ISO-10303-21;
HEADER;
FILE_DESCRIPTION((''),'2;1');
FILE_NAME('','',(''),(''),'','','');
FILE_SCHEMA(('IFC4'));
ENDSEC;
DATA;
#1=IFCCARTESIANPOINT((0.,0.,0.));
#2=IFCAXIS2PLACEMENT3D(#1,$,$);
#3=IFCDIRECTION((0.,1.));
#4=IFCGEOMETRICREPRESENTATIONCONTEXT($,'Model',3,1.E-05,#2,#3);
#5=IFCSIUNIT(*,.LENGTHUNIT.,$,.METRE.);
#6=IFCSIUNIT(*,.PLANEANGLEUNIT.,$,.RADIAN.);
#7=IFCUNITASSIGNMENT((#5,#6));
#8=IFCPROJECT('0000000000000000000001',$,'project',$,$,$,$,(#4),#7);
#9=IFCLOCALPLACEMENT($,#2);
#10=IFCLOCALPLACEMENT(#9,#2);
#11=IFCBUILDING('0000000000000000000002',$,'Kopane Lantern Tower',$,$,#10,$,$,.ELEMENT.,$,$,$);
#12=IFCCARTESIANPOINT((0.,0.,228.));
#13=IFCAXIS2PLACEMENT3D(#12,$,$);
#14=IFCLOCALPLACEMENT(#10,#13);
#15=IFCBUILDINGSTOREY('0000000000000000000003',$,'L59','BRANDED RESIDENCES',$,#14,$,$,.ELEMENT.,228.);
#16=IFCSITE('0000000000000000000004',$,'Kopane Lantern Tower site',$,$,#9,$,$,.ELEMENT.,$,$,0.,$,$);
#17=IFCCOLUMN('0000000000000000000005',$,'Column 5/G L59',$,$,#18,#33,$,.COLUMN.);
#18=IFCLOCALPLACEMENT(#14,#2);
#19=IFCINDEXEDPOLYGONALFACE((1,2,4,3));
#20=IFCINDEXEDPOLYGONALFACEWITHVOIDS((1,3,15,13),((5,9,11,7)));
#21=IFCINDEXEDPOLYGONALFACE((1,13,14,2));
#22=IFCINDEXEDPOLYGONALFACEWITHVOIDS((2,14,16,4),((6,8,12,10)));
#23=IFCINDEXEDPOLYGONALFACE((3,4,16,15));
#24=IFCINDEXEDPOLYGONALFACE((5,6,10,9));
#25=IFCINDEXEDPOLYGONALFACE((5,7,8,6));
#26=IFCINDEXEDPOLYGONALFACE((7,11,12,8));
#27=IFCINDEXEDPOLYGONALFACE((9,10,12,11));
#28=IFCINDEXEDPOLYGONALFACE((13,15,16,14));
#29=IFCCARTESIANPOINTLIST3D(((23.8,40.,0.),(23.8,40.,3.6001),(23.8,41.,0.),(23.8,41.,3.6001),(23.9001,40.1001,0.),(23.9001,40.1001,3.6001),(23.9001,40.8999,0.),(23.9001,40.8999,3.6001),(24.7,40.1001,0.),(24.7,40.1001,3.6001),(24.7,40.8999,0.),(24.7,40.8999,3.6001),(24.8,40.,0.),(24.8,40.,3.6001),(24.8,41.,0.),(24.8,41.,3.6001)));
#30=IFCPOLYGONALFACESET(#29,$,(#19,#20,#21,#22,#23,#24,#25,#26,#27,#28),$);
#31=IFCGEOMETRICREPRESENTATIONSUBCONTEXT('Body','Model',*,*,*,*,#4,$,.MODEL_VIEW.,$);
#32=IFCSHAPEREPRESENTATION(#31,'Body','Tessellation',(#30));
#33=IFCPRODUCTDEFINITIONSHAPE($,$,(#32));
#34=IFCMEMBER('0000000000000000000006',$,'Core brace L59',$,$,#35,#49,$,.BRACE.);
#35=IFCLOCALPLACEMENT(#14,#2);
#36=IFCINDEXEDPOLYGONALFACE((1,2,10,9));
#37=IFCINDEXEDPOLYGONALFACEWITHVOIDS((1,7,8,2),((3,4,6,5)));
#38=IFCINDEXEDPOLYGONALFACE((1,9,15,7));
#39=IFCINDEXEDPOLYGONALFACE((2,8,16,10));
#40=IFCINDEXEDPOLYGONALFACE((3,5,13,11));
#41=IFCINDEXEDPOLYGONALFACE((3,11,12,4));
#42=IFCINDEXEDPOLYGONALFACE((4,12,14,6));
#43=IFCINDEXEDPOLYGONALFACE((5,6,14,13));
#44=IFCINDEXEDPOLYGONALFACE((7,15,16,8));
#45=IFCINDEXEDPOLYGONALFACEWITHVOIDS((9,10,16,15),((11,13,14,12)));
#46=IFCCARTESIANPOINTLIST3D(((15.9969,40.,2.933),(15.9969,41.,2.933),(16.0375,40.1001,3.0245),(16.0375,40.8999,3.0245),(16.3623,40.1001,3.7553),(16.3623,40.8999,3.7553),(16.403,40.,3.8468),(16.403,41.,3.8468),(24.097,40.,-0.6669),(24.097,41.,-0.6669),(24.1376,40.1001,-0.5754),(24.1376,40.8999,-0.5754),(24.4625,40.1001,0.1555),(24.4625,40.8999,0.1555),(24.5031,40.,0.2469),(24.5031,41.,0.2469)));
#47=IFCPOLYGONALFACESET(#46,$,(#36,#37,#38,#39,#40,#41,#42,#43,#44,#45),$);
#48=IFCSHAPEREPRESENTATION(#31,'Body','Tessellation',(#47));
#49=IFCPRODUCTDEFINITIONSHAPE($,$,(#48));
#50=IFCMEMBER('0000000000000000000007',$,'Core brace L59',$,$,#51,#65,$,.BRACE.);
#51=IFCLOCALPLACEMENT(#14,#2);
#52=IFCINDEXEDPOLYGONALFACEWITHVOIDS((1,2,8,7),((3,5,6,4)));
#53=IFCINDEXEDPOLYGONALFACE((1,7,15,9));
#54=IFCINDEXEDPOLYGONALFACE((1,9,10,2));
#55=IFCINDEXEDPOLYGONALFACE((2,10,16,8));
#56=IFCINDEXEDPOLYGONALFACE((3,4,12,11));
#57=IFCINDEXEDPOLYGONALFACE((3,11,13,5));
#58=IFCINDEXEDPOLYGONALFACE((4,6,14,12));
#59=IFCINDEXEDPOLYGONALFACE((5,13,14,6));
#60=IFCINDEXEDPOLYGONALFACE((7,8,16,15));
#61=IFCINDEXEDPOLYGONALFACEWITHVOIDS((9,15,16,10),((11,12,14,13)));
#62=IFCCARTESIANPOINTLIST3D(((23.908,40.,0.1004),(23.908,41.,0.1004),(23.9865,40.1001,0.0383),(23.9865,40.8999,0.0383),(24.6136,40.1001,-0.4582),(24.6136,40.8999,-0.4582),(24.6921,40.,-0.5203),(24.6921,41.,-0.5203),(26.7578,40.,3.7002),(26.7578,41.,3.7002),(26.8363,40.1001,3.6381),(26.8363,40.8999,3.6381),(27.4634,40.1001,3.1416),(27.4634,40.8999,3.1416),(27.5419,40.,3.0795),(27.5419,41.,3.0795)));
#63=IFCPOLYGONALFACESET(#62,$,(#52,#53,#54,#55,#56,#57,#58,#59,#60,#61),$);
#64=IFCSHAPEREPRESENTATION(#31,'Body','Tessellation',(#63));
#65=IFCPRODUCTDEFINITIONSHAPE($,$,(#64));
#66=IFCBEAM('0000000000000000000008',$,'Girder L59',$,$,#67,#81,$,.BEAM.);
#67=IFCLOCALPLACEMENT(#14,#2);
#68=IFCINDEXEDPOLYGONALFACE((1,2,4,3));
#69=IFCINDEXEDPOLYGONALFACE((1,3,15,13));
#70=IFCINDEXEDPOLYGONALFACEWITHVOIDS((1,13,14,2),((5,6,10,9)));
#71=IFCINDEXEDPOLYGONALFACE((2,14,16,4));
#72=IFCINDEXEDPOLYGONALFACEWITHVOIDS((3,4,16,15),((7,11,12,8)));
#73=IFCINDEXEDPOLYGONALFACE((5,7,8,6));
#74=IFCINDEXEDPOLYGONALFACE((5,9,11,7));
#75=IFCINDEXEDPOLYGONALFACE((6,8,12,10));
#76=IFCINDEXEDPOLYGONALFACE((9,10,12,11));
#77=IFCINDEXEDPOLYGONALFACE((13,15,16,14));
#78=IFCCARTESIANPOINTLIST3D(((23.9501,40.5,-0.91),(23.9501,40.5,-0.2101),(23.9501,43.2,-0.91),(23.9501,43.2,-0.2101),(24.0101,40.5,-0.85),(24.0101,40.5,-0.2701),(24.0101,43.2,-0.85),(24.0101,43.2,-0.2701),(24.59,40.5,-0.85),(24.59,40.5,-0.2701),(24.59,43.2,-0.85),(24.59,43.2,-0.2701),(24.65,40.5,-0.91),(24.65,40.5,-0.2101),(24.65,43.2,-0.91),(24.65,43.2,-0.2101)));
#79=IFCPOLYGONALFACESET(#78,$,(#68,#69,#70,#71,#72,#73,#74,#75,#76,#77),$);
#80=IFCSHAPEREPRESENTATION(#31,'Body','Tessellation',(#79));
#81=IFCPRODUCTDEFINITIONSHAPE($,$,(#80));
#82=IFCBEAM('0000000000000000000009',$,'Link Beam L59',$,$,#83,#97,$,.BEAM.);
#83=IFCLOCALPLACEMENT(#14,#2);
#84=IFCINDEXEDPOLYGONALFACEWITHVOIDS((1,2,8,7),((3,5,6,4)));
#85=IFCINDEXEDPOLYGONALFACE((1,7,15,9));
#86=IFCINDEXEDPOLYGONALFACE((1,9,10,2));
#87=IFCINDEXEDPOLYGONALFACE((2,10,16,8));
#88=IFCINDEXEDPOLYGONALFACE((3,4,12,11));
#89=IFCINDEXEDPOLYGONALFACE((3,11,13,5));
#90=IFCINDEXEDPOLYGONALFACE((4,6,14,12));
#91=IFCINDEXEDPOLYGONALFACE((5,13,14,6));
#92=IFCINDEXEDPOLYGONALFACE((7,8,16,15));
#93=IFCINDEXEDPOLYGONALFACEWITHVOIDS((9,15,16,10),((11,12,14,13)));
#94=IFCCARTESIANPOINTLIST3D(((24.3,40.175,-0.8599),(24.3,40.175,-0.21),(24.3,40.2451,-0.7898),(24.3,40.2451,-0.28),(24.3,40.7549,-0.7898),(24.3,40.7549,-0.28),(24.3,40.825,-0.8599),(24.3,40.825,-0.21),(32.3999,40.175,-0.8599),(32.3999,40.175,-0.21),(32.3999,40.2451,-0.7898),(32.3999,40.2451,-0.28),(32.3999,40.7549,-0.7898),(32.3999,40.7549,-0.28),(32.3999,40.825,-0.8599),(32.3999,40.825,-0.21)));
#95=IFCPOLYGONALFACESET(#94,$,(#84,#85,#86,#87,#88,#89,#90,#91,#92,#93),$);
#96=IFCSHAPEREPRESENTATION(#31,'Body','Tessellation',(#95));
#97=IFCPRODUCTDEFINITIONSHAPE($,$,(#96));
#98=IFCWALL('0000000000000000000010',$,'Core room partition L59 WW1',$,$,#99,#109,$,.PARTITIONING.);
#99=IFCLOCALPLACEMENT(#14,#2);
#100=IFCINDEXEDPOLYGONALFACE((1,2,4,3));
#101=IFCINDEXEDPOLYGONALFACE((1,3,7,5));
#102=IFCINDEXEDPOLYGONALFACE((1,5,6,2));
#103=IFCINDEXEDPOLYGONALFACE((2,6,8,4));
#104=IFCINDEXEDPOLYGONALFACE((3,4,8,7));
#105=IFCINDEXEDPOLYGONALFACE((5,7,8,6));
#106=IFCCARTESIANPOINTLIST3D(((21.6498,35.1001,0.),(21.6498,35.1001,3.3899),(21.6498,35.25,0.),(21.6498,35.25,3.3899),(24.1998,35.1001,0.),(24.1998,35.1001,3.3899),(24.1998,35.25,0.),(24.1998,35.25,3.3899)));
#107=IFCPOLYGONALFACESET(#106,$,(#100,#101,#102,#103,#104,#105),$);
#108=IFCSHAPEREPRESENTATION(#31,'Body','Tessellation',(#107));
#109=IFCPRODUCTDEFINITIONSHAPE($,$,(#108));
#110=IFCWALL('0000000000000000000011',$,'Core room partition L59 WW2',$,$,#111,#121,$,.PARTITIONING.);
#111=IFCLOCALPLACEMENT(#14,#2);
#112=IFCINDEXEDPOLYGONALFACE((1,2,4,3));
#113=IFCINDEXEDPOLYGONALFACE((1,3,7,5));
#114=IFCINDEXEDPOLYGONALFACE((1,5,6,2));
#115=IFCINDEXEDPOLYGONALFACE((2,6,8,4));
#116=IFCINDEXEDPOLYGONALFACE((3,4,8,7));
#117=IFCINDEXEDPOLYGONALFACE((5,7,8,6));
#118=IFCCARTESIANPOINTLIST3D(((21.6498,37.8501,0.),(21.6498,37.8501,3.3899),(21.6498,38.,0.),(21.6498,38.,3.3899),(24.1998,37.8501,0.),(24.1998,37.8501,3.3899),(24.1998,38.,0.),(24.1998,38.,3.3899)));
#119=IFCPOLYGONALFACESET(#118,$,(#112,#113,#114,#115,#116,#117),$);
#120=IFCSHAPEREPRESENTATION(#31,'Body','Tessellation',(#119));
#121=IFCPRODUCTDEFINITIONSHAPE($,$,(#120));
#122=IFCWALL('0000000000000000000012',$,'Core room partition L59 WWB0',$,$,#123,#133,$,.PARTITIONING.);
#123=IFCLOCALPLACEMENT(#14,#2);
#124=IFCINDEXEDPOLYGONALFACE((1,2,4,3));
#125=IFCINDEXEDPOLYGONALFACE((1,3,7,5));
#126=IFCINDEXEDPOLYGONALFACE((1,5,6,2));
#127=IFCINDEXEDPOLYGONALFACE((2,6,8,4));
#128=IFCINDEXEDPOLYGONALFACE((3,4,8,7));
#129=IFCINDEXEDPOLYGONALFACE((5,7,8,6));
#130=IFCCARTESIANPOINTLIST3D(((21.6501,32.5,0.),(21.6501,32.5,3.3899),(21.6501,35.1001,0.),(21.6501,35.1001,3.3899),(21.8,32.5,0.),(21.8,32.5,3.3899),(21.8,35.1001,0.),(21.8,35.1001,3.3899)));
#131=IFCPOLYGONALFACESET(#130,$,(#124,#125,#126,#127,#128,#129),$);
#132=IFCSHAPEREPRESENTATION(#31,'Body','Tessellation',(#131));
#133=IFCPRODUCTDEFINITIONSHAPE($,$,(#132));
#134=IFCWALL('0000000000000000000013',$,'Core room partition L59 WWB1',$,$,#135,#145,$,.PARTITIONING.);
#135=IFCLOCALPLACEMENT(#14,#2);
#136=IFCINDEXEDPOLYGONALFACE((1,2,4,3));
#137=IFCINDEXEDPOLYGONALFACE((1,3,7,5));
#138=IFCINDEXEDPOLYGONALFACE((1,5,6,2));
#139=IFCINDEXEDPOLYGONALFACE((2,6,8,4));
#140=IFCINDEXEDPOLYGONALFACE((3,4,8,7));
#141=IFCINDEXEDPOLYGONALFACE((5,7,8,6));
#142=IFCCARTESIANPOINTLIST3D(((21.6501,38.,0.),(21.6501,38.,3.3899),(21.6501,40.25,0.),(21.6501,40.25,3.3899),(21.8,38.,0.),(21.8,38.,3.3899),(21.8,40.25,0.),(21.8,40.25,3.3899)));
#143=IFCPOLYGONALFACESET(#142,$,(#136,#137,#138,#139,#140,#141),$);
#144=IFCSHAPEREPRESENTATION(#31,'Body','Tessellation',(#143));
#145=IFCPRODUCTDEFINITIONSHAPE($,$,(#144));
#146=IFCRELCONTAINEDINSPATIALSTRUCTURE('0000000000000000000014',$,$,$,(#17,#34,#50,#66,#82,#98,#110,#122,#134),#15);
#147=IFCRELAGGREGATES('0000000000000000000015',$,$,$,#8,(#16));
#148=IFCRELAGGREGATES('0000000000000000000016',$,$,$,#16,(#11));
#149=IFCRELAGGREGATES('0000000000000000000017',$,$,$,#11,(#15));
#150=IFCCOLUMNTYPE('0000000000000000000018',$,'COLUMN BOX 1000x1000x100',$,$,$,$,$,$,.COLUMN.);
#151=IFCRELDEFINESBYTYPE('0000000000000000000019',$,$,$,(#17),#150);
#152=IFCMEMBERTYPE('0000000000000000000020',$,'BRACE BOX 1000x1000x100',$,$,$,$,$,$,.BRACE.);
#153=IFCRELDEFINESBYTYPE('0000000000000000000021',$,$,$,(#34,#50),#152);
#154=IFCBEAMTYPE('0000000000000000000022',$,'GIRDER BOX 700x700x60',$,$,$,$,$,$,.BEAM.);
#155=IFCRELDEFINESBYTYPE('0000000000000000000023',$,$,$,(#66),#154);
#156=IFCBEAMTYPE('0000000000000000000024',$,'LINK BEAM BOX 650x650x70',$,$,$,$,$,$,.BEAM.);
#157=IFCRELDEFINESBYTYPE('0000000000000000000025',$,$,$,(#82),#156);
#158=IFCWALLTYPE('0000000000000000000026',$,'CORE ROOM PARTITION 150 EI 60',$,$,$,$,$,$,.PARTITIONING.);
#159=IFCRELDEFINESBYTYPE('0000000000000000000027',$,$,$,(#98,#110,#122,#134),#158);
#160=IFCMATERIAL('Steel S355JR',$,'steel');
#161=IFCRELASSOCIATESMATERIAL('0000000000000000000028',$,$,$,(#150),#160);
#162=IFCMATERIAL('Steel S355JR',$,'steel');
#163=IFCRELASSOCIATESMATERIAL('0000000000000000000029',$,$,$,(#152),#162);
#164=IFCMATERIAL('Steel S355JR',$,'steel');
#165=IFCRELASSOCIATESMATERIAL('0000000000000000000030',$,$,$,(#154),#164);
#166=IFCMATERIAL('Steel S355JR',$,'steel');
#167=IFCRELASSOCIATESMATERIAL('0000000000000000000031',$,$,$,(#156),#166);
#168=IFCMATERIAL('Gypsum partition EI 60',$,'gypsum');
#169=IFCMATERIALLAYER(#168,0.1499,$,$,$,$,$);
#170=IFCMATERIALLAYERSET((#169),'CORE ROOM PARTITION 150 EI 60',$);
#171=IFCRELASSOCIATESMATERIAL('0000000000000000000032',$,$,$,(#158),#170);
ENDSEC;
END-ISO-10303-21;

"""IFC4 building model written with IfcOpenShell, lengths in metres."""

from ifc_helpers import new_model, si_unit, direction, frame, frame_2d, origin, origin_2d, place, context, subcontext, project, spatial, rectangle, hollow_rectangle, extrude, material, layer, layer_set, material_profile, profile_set, type_object, element, save


model = new_model("IFC4")

# Units and contexts
model_context = context("Model", 3, precision=1e-05, world=origin(), true_north=direction((0.0, 1.0)))
body_context = subcontext(model_context, "Body", "Model", "MODEL_VIEW")
ifc_project = project(units=[si_unit("LENGTHUNIT", "METRE"), si_unit("PLANEANGLEUNIT", "RADIAN")], contexts=[model_context])

# Site, building, storey
site_placement = place(None, origin())
site = spatial("IfcSite", under=ifc_project, at=site_placement, Name="Kopane Lantern Tower site", CompositionType="ELEMENT", RefElevation=0.0)
building_placement = place(site_placement, origin())
building = spatial("IfcBuilding", under=site, at=building_placement, Name="Kopane Lantern Tower", CompositionType="ELEMENT")
storey_placement = place(building_placement, frame((0.0, 0.0, 228.0)))
storey = spatial("IfcBuildingStorey", under=building, at=storey_placement, Name="L59", Description="BRANDED RESIDENCES", CompositionType="ELEMENT", Elevation=228.0)

# Column
ifc_material_1 = material(Name="Steel S355JR", Category="steel")
ifc_material_profile_1 = material_profile(ifc_material_1, hollow_rectangle(XDim=1.0, YDim=1.0, WallThickness=0.1001, at=origin_2d()), Name="BOX 1000x1000x100")
ifc_profile_set_1 = profile_set([ifc_material_profile_1], Name="Steel S355JR")
column_type = type_object("IfcColumnType", Name="COLUMN BOX 1000x1000x100", PredefinedType="COLUMN", material=ifc_profile_set_1)
column_placement = place(storey_placement, frame((24.3, 40.5, 0.0), z_axis=(0.0, 0.0, 1.0), x_axis=(1.0, 0.0, 0.0)))
element("IfcColumn", 1, at=column_placement, inside=storey, type_object=column_type, Name="Column 5/G L59", PredefinedType="COLUMN", context=body_context, shape_type="SweptSolid", body=[
    extrude(hollow_rectangle(XDim=1.0, YDim=1.0, WallThickness=0.1001, at=origin_2d()), origin(), (0.0, 0.0, 1.0), 3.6001),
])

# Members
ifc_material_2 = material(Name="Steel S355JR", Category="steel")
ifc_material_profile_2 = material_profile(ifc_material_2, hollow_rectangle(XDim=1.0, YDim=1.0, WallThickness=0.1001, at=origin_2d()), Name="BOX 1000x1000x100")
ifc_profile_set_2 = profile_set([ifc_material_profile_2], Name="Steel S355JR")
member_type = type_object("IfcMemberType", Name="BRACE BOX 1000x1000x100", PredefinedType="BRACE", material=ifc_profile_set_2)
member_1_placement = place(storey_placement, frame((24.3, 40.5, -0.21), z_axis=(-0.913819, 0.0, 0.406121), x_axis=(0.0, -1.0, 0.0)))
element("IfcMember", 2, at=member_1_placement, inside=storey, type_object=member_type, Name="Core brace L59", PredefinedType="BRACE", context=body_context, shape_type="SweptSolid", body=[
    extrude(hollow_rectangle(XDim=1.0, YDim=1.0, WallThickness=0.1001, at=origin_2d()), origin(), (0.0, 0.0, 1.0), 8.864),
])
member_2_placement = place(storey_placement, frame((24.3, 40.5, -0.21), z_axis=(0.620699, 0.0, 0.784049), x_axis=(0.0, 1.0, 0.0)))
element("IfcMember", 3, at=member_2_placement, inside=storey, type_object=member_type, Name="Core brace L59", PredefinedType="BRACE", context=body_context, shape_type="SweptSolid", body=[
    extrude(hollow_rectangle(XDim=1.0, YDim=1.0, WallThickness=0.1001, at=origin_2d()), origin(), (0.0, 0.0, 1.0), 4.5913),
])

# Beams
ifc_material_3 = material(Name="Steel S355JR", Category="steel")
ifc_material_profile_3 = material_profile(ifc_material_3, hollow_rectangle(XDim=0.7, YDim=0.7, WallThickness=0.0601, at=origin_2d()), Name="BOX 700x700x60")
ifc_profile_set_3 = profile_set([ifc_material_profile_3], Name="Steel S355JR")
beam_type_1 = type_object("IfcBeamType", Name="GIRDER BOX 700x700x60", PredefinedType="BEAM", material=ifc_profile_set_3)
beam_1_placement = place(storey_placement, frame((24.3, 40.5, -0.5601), z_axis=(0.0, 1.0, 0.0), x_axis=(-1.0, 0.0, 0.0)))
element("IfcBeam", 4, at=beam_1_placement, inside=storey, type_object=beam_type_1, Name="Girder L59", PredefinedType="BEAM", context=body_context, shape_type="SweptSolid", body=[
    extrude(hollow_rectangle(XDim=0.7, YDim=0.7, WallThickness=0.0601, at=origin_2d()), origin(), (0.0, 0.0, 1.0), 2.7),
])
ifc_material_4 = material(Name="Steel S355JR", Category="steel")
ifc_material_profile_4 = material_profile(ifc_material_4, hollow_rectangle(XDim=0.6499, YDim=0.6499, WallThickness=0.0701, at=origin_2d()), Name="BOX 650x650x70")
ifc_profile_set_4 = profile_set([ifc_material_profile_4], Name="Steel S355JR")
beam_type_2 = type_object("IfcBeamType", Name="LINK BEAM BOX 650x650x70", PredefinedType="BEAM", material=ifc_profile_set_4)
beam_2_placement = place(storey_placement, frame((24.3, 40.5, -0.5349), z_axis=(1.0, 0.0, 0.0), x_axis=(0.0, 1.0, 0.0)))
element("IfcBeam", 5, at=beam_2_placement, inside=storey, type_object=beam_type_2, Name="Link Beam L59", PredefinedType="BEAM", context=body_context, shape_type="SweptSolid", body=[
    extrude(hollow_rectangle(XDim=0.6499, YDim=0.6499, WallThickness=0.0701, at=origin_2d()), origin(), (0.0, 0.0, 1.0), 8.0999),
])

# Walls
ifc_material_5 = material(Name="Gypsum partition EI 60", Category="gypsum")
ifc_layer_1 = layer(ifc_material_5, 0.1499)
ifc_layer_set_1 = layer_set([ifc_layer_1], Name="CORE ROOM PARTITION 150 EI 60")
wall_type_1 = type_object("IfcWallType", Name="CORE ROOM PARTITION 150 EI 60", PredefinedType="PARTITIONING", material=ifc_layer_set_1)
for number, where, z_axis, x_axis, name in (
    (6, (21.6499, 35.175, 0.0), (0.0, 0.0, 1.0), (1.0, 0.0, 0.0), "Core room partition L59 WW1"),
    (7, (21.6499, 37.925, 0.0), (0.0, 0.0, 1.0), (1.0, 0.0, 0.0), "Core room partition L59 WW2"),
):
    element("IfcWall", number, at=place(storey_placement, frame(where, z_axis=z_axis, x_axis=x_axis)), inside=storey, type_object=wall_type_1, Name=name, PredefinedType="PARTITIONING", context=body_context, shape_type="SweptSolid", body=[
        extrude(rectangle(XDim=2.55, YDim=0.1499, at=frame_2d((1.2749, 0.0))), origin(), (0.0, 0.0, 1.0), 3.3899),
    ])
wall_1_placement = place(storey_placement, frame((21.7251, 32.5, 0.0), z_axis=(0.0, 0.0, 1.0), x_axis=(0.0, 1.0, 0.0)))
element("IfcWall", 8, at=wall_1_placement, inside=storey, type_object=wall_type_1, Name="Core room partition L59 WWB0", PredefinedType="PARTITIONING", context=body_context, shape_type="SweptSolid", body=[
    extrude(rectangle(XDim=2.6001, YDim=0.1499, at=frame_2d((1.3, 0.0))), origin(), (0.0, 0.0, 1.0), 3.3899),
])
wall_2_placement = place(storey_placement, frame((21.7251, 38.0, 0.0), z_axis=(0.0, 0.0, 1.0), x_axis=(0.0, 1.0, 0.0)))
element("IfcWall", 9, at=wall_2_placement, inside=storey, type_object=wall_type_1, Name="Core room partition L59 WWB1", PredefinedType="PARTITIONING", context=body_context, shape_type="SweptSolid", body=[
    extrude(rectangle(XDim=2.25, YDim=0.1499, at=frame_2d((1.125, 0.0))), origin(), (0.0, 0.0, 1.0), 3.3899),
])

save(model, "model.ifc")
